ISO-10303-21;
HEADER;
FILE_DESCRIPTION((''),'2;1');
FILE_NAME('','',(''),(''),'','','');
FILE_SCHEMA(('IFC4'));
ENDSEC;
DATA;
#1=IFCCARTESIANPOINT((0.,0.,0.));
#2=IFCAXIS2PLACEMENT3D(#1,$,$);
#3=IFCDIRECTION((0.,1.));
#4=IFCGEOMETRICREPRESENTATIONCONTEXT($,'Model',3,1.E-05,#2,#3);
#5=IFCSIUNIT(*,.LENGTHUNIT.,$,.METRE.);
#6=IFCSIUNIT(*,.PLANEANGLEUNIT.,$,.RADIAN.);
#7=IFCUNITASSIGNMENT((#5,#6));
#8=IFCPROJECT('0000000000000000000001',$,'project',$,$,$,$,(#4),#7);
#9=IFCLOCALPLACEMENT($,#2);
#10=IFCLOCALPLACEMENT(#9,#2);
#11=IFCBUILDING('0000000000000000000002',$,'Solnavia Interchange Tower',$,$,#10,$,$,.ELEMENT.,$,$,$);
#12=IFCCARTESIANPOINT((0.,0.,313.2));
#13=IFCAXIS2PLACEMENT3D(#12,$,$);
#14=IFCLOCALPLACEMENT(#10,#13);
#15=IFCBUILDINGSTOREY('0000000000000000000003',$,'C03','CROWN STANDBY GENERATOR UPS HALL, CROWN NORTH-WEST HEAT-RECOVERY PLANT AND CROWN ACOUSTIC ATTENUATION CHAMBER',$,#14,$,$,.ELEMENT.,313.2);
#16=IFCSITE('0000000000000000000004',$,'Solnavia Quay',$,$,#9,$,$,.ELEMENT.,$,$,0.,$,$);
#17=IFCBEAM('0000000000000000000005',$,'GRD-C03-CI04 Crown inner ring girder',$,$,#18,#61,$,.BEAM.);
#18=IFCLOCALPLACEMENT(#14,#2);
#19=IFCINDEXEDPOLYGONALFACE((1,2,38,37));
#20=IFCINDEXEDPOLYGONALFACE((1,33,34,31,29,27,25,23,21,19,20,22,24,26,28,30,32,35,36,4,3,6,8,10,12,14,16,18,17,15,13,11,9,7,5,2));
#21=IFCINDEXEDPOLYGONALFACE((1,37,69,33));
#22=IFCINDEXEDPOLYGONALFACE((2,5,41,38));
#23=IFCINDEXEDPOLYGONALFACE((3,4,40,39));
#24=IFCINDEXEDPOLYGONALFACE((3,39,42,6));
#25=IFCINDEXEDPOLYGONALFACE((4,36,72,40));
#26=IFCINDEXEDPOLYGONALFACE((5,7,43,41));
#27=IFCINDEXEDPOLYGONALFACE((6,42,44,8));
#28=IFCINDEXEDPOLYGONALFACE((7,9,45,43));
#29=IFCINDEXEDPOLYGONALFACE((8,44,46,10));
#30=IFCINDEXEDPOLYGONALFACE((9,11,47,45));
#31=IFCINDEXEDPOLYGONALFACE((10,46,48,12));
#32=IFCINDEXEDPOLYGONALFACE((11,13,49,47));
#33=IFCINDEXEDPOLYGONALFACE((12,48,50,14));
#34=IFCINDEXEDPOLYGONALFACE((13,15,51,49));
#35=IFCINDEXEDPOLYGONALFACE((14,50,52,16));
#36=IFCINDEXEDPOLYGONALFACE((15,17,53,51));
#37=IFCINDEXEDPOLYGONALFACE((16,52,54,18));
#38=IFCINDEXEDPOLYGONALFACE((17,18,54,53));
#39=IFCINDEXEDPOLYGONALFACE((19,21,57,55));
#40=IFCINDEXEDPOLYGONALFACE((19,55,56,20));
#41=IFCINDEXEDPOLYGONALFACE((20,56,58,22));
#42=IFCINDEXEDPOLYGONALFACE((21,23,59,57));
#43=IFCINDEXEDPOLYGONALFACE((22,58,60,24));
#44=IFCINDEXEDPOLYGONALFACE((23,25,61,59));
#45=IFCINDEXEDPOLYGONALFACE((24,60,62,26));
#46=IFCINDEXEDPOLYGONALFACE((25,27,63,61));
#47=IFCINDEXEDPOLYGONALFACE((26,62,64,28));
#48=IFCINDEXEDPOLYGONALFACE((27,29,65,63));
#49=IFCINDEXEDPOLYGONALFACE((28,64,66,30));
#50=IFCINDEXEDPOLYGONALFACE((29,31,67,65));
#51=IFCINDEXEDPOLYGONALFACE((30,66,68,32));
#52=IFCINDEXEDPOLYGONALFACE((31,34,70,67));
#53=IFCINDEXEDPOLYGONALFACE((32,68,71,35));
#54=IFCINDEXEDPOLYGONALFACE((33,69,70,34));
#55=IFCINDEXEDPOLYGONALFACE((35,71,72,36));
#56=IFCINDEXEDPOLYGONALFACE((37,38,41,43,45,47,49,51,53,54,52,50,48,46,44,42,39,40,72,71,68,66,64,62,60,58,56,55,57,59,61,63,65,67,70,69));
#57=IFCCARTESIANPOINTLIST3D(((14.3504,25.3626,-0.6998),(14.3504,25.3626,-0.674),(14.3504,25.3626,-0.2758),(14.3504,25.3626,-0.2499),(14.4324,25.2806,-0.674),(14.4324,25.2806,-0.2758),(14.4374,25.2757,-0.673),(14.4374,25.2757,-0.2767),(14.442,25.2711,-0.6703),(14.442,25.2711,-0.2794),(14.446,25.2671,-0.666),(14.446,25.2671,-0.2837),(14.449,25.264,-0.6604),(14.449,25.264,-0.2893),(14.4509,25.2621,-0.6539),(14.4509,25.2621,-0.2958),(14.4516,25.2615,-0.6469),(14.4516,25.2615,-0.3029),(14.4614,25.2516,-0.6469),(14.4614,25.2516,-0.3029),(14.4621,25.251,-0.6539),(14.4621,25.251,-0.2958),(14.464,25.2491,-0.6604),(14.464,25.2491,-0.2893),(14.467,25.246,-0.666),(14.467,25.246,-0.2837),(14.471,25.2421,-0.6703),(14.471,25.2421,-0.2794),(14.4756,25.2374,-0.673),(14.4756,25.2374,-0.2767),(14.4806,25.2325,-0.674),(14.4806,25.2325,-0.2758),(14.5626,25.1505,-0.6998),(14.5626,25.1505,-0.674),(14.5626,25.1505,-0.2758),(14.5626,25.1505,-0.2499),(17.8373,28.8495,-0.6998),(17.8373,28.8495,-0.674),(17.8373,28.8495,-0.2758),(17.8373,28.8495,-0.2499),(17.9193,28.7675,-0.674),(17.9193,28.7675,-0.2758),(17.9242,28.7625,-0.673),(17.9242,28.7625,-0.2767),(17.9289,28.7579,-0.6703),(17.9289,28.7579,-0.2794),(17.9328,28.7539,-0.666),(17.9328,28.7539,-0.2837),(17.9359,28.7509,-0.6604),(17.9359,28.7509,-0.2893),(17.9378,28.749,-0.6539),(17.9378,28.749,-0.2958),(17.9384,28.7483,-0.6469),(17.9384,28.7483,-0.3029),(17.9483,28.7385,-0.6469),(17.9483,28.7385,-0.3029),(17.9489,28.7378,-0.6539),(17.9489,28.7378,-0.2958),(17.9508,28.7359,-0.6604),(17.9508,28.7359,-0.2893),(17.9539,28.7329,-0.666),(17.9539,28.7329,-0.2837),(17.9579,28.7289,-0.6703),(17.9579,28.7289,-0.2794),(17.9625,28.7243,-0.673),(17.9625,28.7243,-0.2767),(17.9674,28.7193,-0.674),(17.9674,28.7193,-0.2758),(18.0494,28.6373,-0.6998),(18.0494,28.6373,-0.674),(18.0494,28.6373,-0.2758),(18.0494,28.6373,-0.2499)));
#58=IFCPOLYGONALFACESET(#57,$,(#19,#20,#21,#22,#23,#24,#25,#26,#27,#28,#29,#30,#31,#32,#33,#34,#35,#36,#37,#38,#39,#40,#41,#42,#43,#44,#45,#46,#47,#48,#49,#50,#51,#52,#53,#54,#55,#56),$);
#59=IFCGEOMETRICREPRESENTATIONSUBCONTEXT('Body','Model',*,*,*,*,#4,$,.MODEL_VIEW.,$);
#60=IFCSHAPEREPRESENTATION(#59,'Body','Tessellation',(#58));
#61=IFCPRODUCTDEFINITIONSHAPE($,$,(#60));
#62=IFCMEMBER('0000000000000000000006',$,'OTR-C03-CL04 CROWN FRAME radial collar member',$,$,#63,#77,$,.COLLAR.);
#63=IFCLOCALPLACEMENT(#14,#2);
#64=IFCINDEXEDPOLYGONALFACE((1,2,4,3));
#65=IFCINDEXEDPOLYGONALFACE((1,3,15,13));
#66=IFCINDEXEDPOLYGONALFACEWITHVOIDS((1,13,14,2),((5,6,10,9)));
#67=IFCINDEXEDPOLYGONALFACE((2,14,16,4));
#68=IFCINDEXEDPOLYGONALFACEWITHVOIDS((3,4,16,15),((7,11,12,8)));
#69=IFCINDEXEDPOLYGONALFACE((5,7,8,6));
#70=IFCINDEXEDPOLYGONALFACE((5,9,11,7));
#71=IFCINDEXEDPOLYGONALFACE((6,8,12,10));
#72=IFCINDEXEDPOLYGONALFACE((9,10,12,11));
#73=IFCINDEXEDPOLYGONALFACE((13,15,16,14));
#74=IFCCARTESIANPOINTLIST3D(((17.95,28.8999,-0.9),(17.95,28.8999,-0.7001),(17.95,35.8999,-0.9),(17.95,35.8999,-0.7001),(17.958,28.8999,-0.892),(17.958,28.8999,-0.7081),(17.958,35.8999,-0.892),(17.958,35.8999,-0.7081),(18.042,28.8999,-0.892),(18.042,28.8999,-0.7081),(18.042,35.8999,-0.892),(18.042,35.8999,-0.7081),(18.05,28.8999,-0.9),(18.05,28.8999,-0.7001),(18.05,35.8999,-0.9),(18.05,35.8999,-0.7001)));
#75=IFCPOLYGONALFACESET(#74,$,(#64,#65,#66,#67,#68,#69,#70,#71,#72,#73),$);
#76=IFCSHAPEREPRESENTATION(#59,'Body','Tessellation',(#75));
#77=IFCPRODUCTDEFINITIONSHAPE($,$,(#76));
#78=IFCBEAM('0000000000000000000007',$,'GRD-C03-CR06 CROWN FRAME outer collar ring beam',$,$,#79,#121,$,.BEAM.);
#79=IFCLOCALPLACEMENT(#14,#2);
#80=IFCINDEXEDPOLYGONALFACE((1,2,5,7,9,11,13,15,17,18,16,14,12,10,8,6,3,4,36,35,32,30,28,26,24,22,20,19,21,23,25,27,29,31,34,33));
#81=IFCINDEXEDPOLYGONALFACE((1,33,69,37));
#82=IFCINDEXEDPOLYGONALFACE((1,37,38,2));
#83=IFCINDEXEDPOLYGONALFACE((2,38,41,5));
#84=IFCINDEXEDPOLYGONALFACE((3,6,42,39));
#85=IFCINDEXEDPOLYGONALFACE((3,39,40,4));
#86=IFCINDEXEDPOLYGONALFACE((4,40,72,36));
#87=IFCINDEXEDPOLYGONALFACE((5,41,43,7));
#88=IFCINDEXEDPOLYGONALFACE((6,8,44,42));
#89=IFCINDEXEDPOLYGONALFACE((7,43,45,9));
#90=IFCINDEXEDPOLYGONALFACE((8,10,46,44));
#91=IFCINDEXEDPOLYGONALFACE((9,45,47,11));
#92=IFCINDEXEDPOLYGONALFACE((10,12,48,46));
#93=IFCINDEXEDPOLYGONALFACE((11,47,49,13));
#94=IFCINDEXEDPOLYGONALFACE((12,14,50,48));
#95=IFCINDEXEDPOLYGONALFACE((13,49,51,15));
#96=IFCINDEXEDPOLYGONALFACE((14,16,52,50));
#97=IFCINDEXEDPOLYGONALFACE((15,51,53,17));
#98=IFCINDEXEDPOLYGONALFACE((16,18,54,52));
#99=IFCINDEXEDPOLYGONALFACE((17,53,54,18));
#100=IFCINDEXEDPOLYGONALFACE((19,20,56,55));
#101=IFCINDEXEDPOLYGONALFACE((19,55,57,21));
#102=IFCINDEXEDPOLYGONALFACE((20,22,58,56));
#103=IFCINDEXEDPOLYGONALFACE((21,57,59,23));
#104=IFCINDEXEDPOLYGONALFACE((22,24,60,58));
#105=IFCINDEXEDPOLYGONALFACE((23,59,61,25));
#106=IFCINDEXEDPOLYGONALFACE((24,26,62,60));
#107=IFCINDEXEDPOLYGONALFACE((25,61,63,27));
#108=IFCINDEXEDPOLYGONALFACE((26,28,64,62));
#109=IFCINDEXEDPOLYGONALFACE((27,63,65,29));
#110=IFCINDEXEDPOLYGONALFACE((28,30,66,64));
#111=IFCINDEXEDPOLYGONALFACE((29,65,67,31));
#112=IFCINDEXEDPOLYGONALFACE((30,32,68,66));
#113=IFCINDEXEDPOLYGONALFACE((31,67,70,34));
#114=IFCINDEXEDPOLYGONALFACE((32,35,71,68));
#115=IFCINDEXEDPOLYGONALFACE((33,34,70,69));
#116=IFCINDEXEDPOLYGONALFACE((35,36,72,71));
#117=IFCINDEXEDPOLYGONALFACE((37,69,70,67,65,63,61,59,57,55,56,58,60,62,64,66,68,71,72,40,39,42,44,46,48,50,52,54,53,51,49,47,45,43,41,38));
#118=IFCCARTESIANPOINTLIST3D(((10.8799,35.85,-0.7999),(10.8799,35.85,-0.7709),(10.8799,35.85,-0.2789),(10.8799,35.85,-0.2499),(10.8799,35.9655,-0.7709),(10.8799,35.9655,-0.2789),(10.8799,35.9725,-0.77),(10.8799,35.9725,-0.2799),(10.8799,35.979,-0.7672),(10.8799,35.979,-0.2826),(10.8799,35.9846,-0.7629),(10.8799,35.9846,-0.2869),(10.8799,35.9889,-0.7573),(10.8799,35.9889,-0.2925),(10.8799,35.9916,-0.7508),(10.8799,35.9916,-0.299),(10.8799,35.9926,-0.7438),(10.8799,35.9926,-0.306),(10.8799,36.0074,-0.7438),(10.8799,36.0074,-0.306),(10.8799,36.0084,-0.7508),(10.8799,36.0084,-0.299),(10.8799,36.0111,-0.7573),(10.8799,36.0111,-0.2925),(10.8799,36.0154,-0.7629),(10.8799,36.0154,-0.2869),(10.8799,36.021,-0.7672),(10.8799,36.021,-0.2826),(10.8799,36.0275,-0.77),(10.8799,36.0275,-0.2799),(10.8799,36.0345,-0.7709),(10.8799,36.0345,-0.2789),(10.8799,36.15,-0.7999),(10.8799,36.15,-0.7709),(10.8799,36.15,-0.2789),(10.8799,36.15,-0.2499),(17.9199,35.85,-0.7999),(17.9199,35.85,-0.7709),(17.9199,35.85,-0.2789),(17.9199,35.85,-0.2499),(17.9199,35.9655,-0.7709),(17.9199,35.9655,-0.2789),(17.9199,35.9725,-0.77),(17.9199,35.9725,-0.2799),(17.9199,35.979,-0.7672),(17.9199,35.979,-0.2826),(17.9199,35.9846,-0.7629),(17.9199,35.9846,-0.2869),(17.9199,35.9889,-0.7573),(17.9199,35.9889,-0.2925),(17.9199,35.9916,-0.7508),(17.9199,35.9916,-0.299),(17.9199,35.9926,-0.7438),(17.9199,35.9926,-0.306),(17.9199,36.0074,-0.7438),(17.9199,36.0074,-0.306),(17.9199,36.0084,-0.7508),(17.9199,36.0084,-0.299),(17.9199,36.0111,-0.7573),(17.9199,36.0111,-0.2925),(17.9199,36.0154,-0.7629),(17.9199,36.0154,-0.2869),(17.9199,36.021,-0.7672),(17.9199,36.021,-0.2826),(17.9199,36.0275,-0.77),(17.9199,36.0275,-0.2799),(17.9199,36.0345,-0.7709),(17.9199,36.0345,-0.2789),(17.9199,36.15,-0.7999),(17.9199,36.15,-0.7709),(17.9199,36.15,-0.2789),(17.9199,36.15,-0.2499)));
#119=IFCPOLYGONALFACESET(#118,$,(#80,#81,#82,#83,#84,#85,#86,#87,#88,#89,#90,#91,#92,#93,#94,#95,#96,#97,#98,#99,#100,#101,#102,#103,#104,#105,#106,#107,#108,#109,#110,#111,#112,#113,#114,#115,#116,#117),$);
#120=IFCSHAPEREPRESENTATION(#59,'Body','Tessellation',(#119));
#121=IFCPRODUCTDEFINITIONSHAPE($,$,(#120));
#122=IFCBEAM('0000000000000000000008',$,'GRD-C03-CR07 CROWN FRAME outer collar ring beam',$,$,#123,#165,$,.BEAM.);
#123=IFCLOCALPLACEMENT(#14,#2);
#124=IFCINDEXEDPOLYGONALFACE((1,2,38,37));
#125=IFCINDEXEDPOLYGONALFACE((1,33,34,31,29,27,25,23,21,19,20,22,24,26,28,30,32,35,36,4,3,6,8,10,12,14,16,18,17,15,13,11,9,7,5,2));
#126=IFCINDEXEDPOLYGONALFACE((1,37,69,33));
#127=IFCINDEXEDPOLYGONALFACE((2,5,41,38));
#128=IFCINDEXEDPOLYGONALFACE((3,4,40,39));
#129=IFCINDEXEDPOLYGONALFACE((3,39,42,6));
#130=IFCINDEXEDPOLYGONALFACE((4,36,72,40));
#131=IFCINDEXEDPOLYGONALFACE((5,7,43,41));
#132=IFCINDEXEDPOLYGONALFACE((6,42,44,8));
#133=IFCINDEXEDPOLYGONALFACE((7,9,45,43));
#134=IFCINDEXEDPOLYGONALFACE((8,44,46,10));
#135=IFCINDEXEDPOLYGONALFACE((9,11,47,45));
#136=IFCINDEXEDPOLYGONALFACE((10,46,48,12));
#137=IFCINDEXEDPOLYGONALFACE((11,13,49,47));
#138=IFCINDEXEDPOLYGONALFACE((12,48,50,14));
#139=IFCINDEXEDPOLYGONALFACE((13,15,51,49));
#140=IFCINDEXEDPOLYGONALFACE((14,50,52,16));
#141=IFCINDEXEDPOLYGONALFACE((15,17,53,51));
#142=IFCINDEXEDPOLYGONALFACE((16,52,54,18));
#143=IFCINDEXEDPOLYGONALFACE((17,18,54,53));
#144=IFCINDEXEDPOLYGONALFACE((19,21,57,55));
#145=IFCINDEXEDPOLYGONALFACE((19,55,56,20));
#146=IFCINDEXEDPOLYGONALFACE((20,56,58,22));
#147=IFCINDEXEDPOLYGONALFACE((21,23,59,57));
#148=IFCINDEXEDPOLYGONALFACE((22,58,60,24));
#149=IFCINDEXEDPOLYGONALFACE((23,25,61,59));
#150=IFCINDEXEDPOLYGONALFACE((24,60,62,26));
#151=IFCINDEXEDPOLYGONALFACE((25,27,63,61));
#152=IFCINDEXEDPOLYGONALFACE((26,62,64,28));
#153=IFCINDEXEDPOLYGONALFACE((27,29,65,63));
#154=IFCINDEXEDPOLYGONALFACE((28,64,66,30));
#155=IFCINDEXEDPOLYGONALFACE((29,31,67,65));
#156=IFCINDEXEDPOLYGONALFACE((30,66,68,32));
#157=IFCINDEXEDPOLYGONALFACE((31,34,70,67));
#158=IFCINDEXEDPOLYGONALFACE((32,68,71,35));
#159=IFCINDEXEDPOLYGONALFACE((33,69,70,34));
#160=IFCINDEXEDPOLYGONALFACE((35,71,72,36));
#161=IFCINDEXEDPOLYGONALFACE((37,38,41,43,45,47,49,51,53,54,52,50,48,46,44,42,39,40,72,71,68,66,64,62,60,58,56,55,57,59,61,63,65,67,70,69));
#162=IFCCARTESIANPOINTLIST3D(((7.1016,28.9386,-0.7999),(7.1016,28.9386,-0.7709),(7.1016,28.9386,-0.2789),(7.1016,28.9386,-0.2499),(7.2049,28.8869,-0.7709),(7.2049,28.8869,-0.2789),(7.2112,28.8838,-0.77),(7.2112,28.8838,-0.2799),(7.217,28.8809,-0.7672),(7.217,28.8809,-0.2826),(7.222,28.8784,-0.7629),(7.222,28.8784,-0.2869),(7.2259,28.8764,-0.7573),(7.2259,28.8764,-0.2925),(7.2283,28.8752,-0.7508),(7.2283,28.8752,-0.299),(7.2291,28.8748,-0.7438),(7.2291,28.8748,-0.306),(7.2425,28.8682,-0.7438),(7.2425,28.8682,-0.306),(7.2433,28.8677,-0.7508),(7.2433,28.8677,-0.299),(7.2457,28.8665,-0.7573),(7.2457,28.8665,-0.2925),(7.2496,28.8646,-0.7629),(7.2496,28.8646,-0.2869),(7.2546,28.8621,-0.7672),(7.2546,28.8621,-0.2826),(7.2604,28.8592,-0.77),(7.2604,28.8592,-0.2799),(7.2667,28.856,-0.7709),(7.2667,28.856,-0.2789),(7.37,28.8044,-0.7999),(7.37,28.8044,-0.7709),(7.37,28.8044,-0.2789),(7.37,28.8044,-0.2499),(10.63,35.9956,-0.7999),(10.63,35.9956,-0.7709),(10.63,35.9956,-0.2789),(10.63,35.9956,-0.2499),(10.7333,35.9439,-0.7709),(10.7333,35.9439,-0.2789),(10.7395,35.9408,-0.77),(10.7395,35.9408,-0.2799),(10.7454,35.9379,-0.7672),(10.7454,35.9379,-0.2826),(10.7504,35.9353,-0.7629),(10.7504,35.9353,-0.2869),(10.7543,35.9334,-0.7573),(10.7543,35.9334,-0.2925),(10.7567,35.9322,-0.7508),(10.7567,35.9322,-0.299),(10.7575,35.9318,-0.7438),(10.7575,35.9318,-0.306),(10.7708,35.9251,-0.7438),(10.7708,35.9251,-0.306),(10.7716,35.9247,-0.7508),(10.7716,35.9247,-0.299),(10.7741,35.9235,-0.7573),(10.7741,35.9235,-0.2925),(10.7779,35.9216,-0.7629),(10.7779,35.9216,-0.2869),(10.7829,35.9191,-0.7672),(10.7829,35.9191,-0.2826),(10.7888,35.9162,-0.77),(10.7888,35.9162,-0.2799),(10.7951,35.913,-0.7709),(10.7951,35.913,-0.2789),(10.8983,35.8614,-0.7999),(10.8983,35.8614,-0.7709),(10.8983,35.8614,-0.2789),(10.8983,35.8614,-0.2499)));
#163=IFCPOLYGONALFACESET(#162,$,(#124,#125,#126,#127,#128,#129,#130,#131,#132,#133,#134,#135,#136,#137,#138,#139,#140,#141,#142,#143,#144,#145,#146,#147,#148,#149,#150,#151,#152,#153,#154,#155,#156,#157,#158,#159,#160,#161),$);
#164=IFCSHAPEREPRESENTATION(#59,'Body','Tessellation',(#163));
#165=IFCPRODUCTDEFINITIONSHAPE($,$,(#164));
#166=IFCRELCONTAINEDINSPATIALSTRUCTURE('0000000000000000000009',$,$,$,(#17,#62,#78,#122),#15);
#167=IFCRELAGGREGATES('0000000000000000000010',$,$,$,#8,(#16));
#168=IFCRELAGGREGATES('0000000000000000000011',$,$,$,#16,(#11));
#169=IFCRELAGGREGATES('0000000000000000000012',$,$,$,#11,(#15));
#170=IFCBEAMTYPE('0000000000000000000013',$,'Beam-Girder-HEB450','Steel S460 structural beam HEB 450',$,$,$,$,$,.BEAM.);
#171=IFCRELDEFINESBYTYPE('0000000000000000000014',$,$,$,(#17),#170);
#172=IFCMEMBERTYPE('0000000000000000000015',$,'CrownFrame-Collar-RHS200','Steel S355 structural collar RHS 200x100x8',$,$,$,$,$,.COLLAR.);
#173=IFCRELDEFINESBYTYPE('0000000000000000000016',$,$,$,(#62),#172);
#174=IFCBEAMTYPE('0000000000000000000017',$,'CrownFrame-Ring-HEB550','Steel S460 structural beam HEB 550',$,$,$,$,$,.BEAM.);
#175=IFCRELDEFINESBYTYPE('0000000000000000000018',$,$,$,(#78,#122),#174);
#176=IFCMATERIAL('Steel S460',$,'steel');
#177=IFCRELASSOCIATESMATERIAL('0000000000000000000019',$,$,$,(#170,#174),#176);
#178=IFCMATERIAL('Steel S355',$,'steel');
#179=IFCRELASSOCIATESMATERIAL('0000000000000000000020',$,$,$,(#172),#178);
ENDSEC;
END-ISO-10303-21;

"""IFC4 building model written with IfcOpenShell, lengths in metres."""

from ifc_helpers import new_model, si_unit, direction, frame, origin, origin_2d, place, context, subcontext, project, spatial, hollow_rectangle, i_section, extrude, material, material_profile, profile_set, type_object, element, save


model = new_model("IFC4")

# Units and contexts
model_context = context("Model", 3, precision=1e-05, world=origin(), true_north=direction((0.0, 1.0)))
body_context = subcontext(model_context, "Body", "Model", "MODEL_VIEW")
ifc_project = project(units=[si_unit("LENGTHUNIT", "METRE"), si_unit("PLANEANGLEUNIT", "RADIAN")], contexts=[model_context])

# Site, building, storey
site_placement = place(None, origin())
site = spatial("IfcSite", under=ifc_project, at=site_placement, Name="Solnavia Quay", CompositionType="ELEMENT", RefElevation=0.0)
building_placement = place(site_placement, origin())
building = spatial("IfcBuilding", under=site, at=building_placement, Name="Solnavia Interchange Tower", CompositionType="ELEMENT")
storey_placement = place(building_placement, frame((0.0, 0.0, 313.2)))
storey = spatial("IfcBuildingStorey", under=building, at=storey_placement, Name="C03", Description="CROWN STANDBY GENERATOR UPS HALL, CROWN NORTH-WEST HEAT-RECOVERY PLANT AND CROWN ACOUSTIC ATTENUATION CHAMBER", CompositionType="ELEMENT", Elevation=313.2)

# Shared definitions
ifc_material_1 = material(Name="Steel S460", Category="steel")

# Beam
ifc_material_profile_1 = material_profile(ifc_material_1, i_section(OverallWidth=0.3, OverallDepth=0.45, WebThickness=0.0139, FlangeThickness=0.0259, FilletRadius=0.0271, at=origin_2d()), Name="HEB 450")
ifc_profile_set_1 = profile_set([ifc_material_profile_1], Name="Steel S460")
beam_type_1 = type_object("IfcBeamType", Name="Beam-Girder-HEB450", Description="Steel S460 structural beam HEB 450", PredefinedType="BEAM", material=ifc_profile_set_1)
beam_1_placement = place(storey_placement, frame((17.9434, 28.7434, -0.4749), z_axis=(-0.707107, -0.707107, 0.0), x_axis=(0.707107, -0.707107, 0.0)))
element("IfcBeam", 1, at=beam_1_placement, inside=storey, type_object=beam_type_1, Name="GRD-C03-CI04 Crown inner ring girder", PredefinedType="BEAM", context=body_context, shape_type="SweptSolid", body=[
    extrude(i_section(OverallWidth=0.3, OverallDepth=0.45, WebThickness=0.0139, FlangeThickness=0.0259, FilletRadius=0.0271, at=origin_2d()), origin(), (0.0, 0.0, 1.0), 4.9312),
])

# Member
ifc_material_2 = material(Name="Steel S355", Category="steel")
ifc_material_profile_2 = material_profile(ifc_material_2, hollow_rectangle(XDim=0.1001, YDim=0.2, WallThickness=0.0081, at=origin_2d()), Name="RHS 200x100x8")
ifc_profile_set_2 = profile_set([ifc_material_profile_2], Name="Steel S355")
member_type = type_object("IfcMemberType", Name="CrownFrame-Collar-RHS200", Description="Steel S355 structural collar RHS 200x100x8", PredefinedType="COLLAR", material=ifc_profile_set_2)
member_placement = place(storey_placement, frame((18.0, 28.8999, -0.8), z_axis=(0.0, 1.0, 0.0), x_axis=(-1.0, 0.0, 0.0)))
element("IfcMember", 2, at=member_placement, inside=storey, type_object=member_type, Name="OTR-C03-CL04 CROWN FRAME radial collar member", PredefinedType="COLLAR", context=body_context, shape_type="SweptSolid", body=[
    extrude(hollow_rectangle(XDim=0.1001, YDim=0.2, WallThickness=0.0081, at=origin_2d()), origin(), (0.0, 0.0, 1.0), 7.0),
])

# Beams
ifc_material_profile_3 = material_profile(ifc_material_1, i_section(OverallWidth=0.3, OverallDepth=0.55, WebThickness=0.0149, FlangeThickness=0.0291, FilletRadius=0.0271, at=origin_2d()), Name="HEB 550")
ifc_profile_set_3 = profile_set([ifc_material_profile_3], Name="Steel S460")
beam_type_2 = type_object("IfcBeamType", Name="CrownFrame-Ring-HEB550", Description="Steel S460 structural beam HEB 550", PredefinedType="BEAM", material=ifc_profile_set_3)
beam_2_placement = place(storey_placement, frame((17.9199, 36.0, -0.5249), z_axis=(-1.0, 0.0, 0.0), x_axis=(0.0, -1.0, 0.0)))
element("IfcBeam", 3, at=beam_2_placement, inside=storey, type_object=beam_type_2, Name="GRD-C03-CR06 CROWN FRAME outer collar ring beam", PredefinedType="BEAM", context=body_context, shape_type="SweptSolid", body=[
    extrude(i_section(OverallWidth=0.3, OverallDepth=0.55, WebThickness=0.0149, FlangeThickness=0.0291, FilletRadius=0.0271, at=origin_2d()), origin(), (0.0, 0.0, 1.0), 7.04),
])
beam_3_placement = place(storey_placement, frame((10.7642, 35.9285, -0.5249), z_axis=(-0.447201, -0.894433, 0.0), x_axis=(0.894433, -0.447201, 0.0)))
element("IfcBeam", 4, at=beam_3_placement, inside=storey, type_object=beam_type_2, Name="GRD-C03-CR07 CROWN FRAME outer collar ring beam", PredefinedType="BEAM", context=body_context, shape_type="SweptSolid", body=[
    extrude(i_section(OverallWidth=0.3, OverallDepth=0.55, WebThickness=0.0149, FlangeThickness=0.0291, FilletRadius=0.0271, at=origin_2d()), origin(), (0.0, 0.0, 1.0), 7.8899),
])

save(model, "model.ifc")
